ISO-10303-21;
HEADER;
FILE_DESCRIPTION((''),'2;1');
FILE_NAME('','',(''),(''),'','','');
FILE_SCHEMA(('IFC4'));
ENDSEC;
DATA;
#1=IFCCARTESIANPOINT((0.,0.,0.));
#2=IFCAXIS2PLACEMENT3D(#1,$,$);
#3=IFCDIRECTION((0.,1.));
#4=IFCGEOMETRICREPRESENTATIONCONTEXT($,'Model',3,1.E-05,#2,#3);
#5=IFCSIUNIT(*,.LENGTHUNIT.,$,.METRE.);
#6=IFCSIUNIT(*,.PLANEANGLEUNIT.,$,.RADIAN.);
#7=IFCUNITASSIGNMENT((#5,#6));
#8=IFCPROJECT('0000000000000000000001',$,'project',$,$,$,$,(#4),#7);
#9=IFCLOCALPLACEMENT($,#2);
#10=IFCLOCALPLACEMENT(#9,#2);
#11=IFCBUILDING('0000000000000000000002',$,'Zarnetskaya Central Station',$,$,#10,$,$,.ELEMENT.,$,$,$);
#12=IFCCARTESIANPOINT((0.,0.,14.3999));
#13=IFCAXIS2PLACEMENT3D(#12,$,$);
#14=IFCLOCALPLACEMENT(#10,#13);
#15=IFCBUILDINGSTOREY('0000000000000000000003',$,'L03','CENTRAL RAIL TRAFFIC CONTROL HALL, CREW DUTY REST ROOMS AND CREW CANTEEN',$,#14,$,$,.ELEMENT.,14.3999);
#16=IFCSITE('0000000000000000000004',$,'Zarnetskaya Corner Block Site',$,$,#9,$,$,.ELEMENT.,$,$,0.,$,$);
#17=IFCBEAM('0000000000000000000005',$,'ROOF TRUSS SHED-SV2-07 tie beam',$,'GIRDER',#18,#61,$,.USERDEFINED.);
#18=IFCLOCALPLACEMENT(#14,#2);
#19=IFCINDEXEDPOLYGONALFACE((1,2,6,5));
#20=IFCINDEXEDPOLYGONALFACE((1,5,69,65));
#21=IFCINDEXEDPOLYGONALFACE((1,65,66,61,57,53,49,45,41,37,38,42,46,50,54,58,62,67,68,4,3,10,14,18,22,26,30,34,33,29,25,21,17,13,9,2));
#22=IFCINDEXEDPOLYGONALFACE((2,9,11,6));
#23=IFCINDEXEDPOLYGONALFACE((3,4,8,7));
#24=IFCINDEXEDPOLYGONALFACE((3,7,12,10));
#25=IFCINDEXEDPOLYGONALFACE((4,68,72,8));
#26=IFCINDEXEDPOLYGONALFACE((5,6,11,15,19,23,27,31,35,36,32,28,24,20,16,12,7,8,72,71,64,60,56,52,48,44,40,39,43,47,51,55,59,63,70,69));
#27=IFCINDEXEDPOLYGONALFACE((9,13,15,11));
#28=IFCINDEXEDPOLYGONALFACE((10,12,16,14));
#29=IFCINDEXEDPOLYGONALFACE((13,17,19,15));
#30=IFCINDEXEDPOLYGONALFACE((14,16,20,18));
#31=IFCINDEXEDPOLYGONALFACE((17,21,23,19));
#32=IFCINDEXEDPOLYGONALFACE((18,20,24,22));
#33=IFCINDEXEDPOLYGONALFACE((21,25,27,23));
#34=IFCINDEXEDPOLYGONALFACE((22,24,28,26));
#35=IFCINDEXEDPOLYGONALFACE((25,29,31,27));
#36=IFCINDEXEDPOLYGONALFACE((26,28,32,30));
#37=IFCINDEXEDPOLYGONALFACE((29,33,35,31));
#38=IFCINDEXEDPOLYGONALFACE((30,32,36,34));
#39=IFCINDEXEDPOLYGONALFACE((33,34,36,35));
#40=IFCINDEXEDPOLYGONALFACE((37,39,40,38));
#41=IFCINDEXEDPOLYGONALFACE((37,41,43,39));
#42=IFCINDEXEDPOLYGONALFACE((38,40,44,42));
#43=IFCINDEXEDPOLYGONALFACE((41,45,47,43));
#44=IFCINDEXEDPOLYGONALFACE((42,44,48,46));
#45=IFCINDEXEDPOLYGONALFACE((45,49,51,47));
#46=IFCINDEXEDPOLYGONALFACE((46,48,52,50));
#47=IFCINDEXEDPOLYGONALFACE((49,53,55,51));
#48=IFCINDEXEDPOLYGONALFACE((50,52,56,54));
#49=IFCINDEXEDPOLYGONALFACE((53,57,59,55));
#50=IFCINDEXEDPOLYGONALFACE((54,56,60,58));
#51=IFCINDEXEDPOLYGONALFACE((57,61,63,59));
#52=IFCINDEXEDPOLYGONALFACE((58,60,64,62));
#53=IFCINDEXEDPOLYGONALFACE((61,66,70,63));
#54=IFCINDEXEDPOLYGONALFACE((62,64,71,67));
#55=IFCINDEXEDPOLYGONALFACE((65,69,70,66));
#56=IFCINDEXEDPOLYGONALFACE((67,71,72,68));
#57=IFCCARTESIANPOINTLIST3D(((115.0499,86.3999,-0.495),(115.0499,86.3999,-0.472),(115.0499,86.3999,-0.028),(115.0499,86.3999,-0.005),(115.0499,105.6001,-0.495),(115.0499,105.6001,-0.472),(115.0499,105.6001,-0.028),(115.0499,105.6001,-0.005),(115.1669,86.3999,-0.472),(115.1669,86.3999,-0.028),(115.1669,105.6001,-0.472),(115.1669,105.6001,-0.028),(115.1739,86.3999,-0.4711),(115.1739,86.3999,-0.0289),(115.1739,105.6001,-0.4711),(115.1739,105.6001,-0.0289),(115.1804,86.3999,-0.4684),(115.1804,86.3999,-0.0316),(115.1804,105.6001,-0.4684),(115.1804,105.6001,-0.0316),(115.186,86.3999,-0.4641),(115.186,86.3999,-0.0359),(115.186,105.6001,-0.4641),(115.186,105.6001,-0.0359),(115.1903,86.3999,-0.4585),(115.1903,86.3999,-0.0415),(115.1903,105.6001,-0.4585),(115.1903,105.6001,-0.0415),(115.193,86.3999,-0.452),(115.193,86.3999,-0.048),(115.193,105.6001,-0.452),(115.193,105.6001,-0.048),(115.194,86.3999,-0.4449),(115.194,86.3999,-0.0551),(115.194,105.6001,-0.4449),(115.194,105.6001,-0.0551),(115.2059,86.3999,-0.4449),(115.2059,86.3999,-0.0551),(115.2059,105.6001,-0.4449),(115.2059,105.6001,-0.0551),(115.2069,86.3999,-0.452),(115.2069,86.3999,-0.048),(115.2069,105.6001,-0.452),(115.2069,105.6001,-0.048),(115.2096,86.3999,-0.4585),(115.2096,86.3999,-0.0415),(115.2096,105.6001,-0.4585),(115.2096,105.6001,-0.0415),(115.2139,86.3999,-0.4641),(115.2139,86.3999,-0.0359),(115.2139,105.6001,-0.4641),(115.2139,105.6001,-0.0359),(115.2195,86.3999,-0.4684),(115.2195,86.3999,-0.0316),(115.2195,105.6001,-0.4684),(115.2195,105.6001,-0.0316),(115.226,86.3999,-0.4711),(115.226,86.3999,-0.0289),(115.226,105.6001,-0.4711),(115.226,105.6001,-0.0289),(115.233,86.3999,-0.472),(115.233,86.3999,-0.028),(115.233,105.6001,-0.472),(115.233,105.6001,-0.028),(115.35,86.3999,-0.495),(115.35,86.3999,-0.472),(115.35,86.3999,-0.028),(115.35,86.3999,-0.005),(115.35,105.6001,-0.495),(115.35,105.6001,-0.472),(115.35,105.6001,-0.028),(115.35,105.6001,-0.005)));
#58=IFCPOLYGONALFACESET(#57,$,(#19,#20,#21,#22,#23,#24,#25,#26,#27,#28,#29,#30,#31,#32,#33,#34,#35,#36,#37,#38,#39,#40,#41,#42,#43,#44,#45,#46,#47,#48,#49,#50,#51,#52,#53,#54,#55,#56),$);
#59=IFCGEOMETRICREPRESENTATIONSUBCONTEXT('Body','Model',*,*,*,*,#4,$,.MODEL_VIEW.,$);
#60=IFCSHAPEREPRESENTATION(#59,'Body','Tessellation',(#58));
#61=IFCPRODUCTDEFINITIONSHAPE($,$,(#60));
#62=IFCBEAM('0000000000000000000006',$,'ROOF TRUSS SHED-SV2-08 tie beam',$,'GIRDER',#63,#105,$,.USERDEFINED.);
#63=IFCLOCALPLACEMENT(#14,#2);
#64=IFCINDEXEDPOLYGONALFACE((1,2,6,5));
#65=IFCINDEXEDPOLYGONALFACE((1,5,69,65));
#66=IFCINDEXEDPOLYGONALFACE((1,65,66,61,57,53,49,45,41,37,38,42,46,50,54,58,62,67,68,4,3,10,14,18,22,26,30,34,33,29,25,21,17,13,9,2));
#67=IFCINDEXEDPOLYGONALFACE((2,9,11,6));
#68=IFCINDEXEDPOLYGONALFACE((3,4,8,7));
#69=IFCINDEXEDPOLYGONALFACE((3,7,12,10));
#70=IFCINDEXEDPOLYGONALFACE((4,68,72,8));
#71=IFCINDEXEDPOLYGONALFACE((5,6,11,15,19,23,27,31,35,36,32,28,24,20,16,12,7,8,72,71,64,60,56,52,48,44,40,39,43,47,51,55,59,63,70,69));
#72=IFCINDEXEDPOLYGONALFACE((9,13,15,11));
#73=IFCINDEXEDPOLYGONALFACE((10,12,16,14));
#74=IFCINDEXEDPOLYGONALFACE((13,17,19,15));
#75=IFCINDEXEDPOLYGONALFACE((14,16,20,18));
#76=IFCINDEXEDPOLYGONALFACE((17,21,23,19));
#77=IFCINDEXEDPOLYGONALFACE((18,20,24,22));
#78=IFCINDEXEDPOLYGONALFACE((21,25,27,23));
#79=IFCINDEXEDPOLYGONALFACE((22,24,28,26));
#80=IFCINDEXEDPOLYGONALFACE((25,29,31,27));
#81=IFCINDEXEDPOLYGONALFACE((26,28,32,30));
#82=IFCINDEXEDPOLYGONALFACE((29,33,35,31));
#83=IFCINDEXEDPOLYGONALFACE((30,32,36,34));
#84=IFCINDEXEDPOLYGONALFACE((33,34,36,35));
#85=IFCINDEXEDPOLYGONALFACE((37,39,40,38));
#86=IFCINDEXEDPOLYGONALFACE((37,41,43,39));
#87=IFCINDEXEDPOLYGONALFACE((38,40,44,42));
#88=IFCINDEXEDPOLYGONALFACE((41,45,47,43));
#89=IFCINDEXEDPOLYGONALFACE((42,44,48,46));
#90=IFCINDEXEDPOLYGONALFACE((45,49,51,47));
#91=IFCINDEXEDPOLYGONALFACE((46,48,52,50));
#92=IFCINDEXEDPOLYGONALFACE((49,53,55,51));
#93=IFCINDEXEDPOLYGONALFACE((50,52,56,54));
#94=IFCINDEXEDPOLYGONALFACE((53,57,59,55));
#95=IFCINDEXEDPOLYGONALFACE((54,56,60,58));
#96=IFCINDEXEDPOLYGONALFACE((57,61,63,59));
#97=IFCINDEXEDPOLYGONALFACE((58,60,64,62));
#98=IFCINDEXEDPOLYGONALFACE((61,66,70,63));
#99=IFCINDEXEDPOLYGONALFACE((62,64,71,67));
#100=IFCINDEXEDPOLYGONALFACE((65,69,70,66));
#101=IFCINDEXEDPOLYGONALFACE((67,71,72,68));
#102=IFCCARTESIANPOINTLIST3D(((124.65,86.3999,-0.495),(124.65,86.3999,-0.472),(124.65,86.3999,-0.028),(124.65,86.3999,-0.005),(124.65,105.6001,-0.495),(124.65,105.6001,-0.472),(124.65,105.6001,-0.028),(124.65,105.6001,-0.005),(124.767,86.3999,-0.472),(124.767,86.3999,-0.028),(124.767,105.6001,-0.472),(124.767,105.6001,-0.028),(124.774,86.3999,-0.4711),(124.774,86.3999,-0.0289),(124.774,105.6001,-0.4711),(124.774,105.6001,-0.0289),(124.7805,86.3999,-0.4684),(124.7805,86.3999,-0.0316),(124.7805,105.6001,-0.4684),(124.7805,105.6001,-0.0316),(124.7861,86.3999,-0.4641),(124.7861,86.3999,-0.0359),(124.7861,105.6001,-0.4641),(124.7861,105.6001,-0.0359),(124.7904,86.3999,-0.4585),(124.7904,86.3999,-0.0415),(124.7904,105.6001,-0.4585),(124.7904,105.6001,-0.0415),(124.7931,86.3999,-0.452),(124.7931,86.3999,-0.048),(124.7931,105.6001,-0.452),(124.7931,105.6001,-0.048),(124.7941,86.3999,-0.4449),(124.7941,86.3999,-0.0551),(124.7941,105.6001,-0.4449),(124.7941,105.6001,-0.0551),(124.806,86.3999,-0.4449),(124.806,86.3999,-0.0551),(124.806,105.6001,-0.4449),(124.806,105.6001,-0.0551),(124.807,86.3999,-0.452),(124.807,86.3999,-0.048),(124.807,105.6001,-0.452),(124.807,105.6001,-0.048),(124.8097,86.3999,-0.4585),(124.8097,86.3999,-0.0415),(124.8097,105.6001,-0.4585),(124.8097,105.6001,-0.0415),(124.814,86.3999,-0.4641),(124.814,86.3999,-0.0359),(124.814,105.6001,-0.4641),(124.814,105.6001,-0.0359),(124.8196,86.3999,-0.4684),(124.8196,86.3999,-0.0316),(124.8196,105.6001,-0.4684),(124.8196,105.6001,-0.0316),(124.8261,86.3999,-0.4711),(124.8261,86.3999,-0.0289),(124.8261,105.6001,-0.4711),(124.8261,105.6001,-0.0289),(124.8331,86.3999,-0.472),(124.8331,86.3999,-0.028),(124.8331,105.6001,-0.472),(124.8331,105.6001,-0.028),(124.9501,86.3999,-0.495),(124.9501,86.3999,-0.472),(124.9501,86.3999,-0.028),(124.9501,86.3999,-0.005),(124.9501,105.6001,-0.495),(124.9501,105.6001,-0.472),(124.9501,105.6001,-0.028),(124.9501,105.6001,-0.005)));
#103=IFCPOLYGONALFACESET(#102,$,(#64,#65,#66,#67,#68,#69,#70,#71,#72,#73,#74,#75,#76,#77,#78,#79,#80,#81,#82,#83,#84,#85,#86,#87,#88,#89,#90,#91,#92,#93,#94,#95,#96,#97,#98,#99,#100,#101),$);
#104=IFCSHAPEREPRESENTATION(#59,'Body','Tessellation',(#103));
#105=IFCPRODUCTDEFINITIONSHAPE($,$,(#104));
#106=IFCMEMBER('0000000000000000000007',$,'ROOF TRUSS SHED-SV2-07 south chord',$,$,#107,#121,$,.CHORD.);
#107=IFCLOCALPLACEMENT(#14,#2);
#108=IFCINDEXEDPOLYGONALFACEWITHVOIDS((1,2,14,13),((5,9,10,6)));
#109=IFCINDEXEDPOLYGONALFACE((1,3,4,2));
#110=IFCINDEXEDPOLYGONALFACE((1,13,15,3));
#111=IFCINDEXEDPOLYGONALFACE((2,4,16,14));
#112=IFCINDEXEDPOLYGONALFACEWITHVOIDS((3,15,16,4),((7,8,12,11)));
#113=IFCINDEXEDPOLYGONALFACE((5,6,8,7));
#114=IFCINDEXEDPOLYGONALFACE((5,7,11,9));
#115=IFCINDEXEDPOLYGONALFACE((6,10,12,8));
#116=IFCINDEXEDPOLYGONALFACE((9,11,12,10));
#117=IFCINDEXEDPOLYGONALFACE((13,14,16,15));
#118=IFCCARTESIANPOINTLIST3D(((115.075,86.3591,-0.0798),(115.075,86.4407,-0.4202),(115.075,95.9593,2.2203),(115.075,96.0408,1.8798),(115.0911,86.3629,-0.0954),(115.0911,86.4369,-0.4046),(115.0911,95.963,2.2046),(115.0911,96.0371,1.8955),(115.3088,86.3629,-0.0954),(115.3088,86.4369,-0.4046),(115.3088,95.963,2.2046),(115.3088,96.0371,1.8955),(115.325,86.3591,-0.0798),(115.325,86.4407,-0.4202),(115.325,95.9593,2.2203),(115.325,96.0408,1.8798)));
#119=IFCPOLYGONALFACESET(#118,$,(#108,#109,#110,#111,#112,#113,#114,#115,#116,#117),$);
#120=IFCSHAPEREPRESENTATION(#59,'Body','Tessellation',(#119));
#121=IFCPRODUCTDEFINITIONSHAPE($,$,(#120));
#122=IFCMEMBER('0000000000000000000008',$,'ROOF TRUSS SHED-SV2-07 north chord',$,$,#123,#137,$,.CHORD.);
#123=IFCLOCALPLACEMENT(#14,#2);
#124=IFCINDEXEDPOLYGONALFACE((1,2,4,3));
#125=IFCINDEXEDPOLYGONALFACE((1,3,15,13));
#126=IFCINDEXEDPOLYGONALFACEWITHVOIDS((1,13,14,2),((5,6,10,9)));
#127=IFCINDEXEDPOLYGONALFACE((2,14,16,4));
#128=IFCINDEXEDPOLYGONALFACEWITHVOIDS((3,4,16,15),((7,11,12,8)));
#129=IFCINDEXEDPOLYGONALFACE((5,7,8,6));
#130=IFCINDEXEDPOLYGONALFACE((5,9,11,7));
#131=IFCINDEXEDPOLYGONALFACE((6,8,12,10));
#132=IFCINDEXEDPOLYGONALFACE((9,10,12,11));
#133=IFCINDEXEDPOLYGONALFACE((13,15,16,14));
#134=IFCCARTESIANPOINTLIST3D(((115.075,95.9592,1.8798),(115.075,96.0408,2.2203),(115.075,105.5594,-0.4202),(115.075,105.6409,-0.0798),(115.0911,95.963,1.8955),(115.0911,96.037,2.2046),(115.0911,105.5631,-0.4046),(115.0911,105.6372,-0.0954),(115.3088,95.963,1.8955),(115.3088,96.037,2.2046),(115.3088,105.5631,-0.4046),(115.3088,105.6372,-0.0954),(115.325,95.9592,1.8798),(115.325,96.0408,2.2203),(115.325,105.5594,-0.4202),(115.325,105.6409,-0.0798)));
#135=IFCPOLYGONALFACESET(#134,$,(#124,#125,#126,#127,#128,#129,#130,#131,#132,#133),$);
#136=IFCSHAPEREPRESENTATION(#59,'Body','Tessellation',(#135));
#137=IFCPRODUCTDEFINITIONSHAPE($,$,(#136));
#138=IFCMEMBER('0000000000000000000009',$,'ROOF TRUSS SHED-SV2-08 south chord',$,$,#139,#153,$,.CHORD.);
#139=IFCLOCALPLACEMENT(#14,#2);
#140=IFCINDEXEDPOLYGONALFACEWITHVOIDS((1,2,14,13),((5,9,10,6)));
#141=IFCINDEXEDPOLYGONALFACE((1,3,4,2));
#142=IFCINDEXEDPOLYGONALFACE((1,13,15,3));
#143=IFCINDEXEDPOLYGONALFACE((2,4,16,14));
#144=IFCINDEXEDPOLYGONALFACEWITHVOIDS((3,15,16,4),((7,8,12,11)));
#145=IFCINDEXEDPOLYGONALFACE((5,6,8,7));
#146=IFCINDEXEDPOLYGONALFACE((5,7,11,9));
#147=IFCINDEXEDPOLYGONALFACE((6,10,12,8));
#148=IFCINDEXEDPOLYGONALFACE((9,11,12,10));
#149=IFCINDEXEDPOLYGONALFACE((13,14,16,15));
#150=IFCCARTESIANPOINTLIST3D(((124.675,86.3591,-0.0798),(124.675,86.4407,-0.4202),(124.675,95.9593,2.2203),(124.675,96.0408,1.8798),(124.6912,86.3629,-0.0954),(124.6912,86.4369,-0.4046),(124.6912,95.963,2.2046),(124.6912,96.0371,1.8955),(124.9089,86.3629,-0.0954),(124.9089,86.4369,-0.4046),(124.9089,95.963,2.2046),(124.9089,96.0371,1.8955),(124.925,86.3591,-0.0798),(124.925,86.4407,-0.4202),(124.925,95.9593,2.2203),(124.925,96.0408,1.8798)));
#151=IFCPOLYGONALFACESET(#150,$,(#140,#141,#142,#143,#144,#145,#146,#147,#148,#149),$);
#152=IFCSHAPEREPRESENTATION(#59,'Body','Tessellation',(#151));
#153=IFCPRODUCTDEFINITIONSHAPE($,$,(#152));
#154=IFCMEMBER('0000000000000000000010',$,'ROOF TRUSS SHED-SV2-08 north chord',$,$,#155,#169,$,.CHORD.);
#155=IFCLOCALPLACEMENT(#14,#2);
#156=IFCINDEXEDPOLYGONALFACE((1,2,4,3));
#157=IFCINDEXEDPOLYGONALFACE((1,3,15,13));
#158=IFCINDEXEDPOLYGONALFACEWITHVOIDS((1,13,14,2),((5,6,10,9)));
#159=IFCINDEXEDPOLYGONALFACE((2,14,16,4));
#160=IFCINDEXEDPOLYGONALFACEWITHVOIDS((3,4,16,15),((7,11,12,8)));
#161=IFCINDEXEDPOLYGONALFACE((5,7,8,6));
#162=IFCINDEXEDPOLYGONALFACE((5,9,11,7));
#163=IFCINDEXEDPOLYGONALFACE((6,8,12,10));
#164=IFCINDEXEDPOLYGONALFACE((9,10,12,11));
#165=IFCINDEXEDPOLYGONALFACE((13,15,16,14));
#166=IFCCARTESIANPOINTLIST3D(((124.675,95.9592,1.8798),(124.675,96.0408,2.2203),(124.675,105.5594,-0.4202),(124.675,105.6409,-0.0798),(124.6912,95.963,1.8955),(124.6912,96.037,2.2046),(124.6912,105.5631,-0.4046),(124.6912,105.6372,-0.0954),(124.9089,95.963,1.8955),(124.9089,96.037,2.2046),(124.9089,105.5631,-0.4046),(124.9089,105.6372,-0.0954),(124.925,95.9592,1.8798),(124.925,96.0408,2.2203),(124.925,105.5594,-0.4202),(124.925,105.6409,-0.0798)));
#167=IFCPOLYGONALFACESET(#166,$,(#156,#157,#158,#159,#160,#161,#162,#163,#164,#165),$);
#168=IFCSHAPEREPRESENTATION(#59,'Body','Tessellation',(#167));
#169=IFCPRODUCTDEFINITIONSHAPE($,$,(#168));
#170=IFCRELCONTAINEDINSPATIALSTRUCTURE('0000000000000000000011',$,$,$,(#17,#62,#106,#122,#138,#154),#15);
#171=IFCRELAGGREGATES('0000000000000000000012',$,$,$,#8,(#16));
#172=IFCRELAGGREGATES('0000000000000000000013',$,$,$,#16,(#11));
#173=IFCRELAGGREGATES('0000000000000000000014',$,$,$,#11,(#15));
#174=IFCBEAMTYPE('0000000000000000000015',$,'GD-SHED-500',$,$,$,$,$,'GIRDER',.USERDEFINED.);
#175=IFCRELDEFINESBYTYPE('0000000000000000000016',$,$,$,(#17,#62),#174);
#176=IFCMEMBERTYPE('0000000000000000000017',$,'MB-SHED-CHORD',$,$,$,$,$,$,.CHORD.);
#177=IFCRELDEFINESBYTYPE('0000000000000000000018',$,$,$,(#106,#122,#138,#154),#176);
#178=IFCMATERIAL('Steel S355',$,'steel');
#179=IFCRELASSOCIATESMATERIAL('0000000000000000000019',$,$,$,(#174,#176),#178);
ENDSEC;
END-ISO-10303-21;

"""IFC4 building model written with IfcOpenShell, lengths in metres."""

from ifc_helpers import new_model, si_unit, direction, frame, origin, origin_2d, place, context, subcontext, project, spatial, hollow_rectangle, i_section, extrude, material, material_profile, profile_set, type_object, element, save


model = new_model("IFC4")

# Units and contexts
model_context = context("Model", 3, precision=1e-05, world=origin(), true_north=direction((0.0, 1.0)))
body_context = subcontext(model_context, "Body", "Model", "MODEL_VIEW")
ifc_project = project(units=[si_unit("LENGTHUNIT", "METRE"), si_unit("PLANEANGLEUNIT", "RADIAN")], contexts=[model_context])

# Site, building, storey
site_placement = place(None, origin())
site = spatial("IfcSite", under=ifc_project, at=site_placement, Name="Zarnetskaya Corner Block Site", CompositionType="ELEMENT", RefElevation=0.0)
building_placement = place(site_placement, origin())
building = spatial("IfcBuilding", under=site, at=building_placement, Name="Zarnetskaya Central Station", CompositionType="ELEMENT")
storey_placement = place(building_placement, frame((0.0, 0.0, 14.3999)))
storey = spatial("IfcBuildingStorey", under=building, at=storey_placement, Name="L03", Description="CENTRAL RAIL TRAFFIC CONTROL HALL, CREW DUTY REST ROOMS AND CREW CANTEEN", CompositionType="ELEMENT", Elevation=14.3999)

# Beams
ifc_material_1 = material(Name="Steel S355", Category="steel")
ifc_material_profile_1 = material_profile(ifc_material_1, i_section(OverallWidth=0.3, OverallDepth=0.49, WebThickness=0.012, FlangeThickness=0.0229, FilletRadius=0.0271, at=origin_2d()), Name="HEA 500")
ifc_profile_set_1 = profile_set([ifc_material_profile_1], Name="Steel S355")
beam_type = type_object("IfcBeamType", Name="GD-SHED-500", ElementType="GIRDER", PredefinedType="USERDEFINED", material=ifc_profile_set_1)
for number, where, z_axis, x_axis, name in (
    (1, (115.2, 86.3999, -0.25), (0.0, 1.0, 0.0), (-1.0, 0.0, 0.0), "ROOF TRUSS SHED-SV2-07 tie beam"),
    (2, (124.8, 86.3999, -0.25), (0.0, 1.0, 0.0), (-1.0, 0.0, 0.0), "ROOF TRUSS SHED-SV2-08 tie beam"),
):
    element("IfcBeam", number, at=place(storey_placement, frame(where, z_axis=z_axis, x_axis=x_axis)), inside=storey, type_object=beam_type, Name=name, ObjectType="GIRDER", PredefinedType="USERDEFINED", context=body_context, shape_type="SweptSolid", body=[
        extrude(i_section(OverallWidth=0.3, OverallDepth=0.49, WebThickness=0.012, FlangeThickness=0.0229, FilletRadius=0.0271, at=origin_2d()), origin(), (0.0, 0.0, 1.0), 19.2002),
    ])

# Members
ifc_material_profile_2 = material_profile(ifc_material_1, hollow_rectangle(XDim=0.25, YDim=0.3501, WallThickness=0.0161, at=origin_2d()), Name="RHS 350x250x16")
ifc_profile_set_2 = profile_set([ifc_material_profile_2], Name="Steel S355")
member_type_1 = type_object("IfcMemberType", Name="MB-SHED-CHORD", PredefinedType="CHORD", material=ifc_profile_set_2)
for number, where, z_axis, x_axis, name in (
    (3, (115.2, 86.3999, -0.25), (0.0, 0.972479, 0.232992), (-1.0, 0.0, 0.0), "ROOF TRUSS SHED-SV2-07 south chord"),
    (4, (115.2, 96.0, 2.05), (0.0, 0.972479, -0.232992), (-1.0, 0.0, 0.0), "ROOF TRUSS SHED-SV2-07 north chord"),
    (5, (124.8, 86.3999, -0.25), (0.0, 0.972479, 0.232992), (-1.0, 0.0, 0.0), "ROOF TRUSS SHED-SV2-08 south chord"),
    (6, (124.8, 96.0, 2.05), (0.0, 0.972479, -0.232992), (-1.0, 0.0, 0.0), "ROOF TRUSS SHED-SV2-08 north chord"),
):
    element("IfcMember", number, at=place(storey_placement, frame(where, z_axis=z_axis, x_axis=x_axis)), inside=storey, type_object=member_type_1, Name=name, PredefinedType="CHORD", context=body_context, shape_type="SweptSolid", body=[
        extrude(hollow_rectangle(XDim=0.25, YDim=0.3501, WallThickness=0.0161, at=origin_2d()), origin(), (0.0, 0.0, 1.0), 9.8718),
    ])

save(model, "model.ifc")
